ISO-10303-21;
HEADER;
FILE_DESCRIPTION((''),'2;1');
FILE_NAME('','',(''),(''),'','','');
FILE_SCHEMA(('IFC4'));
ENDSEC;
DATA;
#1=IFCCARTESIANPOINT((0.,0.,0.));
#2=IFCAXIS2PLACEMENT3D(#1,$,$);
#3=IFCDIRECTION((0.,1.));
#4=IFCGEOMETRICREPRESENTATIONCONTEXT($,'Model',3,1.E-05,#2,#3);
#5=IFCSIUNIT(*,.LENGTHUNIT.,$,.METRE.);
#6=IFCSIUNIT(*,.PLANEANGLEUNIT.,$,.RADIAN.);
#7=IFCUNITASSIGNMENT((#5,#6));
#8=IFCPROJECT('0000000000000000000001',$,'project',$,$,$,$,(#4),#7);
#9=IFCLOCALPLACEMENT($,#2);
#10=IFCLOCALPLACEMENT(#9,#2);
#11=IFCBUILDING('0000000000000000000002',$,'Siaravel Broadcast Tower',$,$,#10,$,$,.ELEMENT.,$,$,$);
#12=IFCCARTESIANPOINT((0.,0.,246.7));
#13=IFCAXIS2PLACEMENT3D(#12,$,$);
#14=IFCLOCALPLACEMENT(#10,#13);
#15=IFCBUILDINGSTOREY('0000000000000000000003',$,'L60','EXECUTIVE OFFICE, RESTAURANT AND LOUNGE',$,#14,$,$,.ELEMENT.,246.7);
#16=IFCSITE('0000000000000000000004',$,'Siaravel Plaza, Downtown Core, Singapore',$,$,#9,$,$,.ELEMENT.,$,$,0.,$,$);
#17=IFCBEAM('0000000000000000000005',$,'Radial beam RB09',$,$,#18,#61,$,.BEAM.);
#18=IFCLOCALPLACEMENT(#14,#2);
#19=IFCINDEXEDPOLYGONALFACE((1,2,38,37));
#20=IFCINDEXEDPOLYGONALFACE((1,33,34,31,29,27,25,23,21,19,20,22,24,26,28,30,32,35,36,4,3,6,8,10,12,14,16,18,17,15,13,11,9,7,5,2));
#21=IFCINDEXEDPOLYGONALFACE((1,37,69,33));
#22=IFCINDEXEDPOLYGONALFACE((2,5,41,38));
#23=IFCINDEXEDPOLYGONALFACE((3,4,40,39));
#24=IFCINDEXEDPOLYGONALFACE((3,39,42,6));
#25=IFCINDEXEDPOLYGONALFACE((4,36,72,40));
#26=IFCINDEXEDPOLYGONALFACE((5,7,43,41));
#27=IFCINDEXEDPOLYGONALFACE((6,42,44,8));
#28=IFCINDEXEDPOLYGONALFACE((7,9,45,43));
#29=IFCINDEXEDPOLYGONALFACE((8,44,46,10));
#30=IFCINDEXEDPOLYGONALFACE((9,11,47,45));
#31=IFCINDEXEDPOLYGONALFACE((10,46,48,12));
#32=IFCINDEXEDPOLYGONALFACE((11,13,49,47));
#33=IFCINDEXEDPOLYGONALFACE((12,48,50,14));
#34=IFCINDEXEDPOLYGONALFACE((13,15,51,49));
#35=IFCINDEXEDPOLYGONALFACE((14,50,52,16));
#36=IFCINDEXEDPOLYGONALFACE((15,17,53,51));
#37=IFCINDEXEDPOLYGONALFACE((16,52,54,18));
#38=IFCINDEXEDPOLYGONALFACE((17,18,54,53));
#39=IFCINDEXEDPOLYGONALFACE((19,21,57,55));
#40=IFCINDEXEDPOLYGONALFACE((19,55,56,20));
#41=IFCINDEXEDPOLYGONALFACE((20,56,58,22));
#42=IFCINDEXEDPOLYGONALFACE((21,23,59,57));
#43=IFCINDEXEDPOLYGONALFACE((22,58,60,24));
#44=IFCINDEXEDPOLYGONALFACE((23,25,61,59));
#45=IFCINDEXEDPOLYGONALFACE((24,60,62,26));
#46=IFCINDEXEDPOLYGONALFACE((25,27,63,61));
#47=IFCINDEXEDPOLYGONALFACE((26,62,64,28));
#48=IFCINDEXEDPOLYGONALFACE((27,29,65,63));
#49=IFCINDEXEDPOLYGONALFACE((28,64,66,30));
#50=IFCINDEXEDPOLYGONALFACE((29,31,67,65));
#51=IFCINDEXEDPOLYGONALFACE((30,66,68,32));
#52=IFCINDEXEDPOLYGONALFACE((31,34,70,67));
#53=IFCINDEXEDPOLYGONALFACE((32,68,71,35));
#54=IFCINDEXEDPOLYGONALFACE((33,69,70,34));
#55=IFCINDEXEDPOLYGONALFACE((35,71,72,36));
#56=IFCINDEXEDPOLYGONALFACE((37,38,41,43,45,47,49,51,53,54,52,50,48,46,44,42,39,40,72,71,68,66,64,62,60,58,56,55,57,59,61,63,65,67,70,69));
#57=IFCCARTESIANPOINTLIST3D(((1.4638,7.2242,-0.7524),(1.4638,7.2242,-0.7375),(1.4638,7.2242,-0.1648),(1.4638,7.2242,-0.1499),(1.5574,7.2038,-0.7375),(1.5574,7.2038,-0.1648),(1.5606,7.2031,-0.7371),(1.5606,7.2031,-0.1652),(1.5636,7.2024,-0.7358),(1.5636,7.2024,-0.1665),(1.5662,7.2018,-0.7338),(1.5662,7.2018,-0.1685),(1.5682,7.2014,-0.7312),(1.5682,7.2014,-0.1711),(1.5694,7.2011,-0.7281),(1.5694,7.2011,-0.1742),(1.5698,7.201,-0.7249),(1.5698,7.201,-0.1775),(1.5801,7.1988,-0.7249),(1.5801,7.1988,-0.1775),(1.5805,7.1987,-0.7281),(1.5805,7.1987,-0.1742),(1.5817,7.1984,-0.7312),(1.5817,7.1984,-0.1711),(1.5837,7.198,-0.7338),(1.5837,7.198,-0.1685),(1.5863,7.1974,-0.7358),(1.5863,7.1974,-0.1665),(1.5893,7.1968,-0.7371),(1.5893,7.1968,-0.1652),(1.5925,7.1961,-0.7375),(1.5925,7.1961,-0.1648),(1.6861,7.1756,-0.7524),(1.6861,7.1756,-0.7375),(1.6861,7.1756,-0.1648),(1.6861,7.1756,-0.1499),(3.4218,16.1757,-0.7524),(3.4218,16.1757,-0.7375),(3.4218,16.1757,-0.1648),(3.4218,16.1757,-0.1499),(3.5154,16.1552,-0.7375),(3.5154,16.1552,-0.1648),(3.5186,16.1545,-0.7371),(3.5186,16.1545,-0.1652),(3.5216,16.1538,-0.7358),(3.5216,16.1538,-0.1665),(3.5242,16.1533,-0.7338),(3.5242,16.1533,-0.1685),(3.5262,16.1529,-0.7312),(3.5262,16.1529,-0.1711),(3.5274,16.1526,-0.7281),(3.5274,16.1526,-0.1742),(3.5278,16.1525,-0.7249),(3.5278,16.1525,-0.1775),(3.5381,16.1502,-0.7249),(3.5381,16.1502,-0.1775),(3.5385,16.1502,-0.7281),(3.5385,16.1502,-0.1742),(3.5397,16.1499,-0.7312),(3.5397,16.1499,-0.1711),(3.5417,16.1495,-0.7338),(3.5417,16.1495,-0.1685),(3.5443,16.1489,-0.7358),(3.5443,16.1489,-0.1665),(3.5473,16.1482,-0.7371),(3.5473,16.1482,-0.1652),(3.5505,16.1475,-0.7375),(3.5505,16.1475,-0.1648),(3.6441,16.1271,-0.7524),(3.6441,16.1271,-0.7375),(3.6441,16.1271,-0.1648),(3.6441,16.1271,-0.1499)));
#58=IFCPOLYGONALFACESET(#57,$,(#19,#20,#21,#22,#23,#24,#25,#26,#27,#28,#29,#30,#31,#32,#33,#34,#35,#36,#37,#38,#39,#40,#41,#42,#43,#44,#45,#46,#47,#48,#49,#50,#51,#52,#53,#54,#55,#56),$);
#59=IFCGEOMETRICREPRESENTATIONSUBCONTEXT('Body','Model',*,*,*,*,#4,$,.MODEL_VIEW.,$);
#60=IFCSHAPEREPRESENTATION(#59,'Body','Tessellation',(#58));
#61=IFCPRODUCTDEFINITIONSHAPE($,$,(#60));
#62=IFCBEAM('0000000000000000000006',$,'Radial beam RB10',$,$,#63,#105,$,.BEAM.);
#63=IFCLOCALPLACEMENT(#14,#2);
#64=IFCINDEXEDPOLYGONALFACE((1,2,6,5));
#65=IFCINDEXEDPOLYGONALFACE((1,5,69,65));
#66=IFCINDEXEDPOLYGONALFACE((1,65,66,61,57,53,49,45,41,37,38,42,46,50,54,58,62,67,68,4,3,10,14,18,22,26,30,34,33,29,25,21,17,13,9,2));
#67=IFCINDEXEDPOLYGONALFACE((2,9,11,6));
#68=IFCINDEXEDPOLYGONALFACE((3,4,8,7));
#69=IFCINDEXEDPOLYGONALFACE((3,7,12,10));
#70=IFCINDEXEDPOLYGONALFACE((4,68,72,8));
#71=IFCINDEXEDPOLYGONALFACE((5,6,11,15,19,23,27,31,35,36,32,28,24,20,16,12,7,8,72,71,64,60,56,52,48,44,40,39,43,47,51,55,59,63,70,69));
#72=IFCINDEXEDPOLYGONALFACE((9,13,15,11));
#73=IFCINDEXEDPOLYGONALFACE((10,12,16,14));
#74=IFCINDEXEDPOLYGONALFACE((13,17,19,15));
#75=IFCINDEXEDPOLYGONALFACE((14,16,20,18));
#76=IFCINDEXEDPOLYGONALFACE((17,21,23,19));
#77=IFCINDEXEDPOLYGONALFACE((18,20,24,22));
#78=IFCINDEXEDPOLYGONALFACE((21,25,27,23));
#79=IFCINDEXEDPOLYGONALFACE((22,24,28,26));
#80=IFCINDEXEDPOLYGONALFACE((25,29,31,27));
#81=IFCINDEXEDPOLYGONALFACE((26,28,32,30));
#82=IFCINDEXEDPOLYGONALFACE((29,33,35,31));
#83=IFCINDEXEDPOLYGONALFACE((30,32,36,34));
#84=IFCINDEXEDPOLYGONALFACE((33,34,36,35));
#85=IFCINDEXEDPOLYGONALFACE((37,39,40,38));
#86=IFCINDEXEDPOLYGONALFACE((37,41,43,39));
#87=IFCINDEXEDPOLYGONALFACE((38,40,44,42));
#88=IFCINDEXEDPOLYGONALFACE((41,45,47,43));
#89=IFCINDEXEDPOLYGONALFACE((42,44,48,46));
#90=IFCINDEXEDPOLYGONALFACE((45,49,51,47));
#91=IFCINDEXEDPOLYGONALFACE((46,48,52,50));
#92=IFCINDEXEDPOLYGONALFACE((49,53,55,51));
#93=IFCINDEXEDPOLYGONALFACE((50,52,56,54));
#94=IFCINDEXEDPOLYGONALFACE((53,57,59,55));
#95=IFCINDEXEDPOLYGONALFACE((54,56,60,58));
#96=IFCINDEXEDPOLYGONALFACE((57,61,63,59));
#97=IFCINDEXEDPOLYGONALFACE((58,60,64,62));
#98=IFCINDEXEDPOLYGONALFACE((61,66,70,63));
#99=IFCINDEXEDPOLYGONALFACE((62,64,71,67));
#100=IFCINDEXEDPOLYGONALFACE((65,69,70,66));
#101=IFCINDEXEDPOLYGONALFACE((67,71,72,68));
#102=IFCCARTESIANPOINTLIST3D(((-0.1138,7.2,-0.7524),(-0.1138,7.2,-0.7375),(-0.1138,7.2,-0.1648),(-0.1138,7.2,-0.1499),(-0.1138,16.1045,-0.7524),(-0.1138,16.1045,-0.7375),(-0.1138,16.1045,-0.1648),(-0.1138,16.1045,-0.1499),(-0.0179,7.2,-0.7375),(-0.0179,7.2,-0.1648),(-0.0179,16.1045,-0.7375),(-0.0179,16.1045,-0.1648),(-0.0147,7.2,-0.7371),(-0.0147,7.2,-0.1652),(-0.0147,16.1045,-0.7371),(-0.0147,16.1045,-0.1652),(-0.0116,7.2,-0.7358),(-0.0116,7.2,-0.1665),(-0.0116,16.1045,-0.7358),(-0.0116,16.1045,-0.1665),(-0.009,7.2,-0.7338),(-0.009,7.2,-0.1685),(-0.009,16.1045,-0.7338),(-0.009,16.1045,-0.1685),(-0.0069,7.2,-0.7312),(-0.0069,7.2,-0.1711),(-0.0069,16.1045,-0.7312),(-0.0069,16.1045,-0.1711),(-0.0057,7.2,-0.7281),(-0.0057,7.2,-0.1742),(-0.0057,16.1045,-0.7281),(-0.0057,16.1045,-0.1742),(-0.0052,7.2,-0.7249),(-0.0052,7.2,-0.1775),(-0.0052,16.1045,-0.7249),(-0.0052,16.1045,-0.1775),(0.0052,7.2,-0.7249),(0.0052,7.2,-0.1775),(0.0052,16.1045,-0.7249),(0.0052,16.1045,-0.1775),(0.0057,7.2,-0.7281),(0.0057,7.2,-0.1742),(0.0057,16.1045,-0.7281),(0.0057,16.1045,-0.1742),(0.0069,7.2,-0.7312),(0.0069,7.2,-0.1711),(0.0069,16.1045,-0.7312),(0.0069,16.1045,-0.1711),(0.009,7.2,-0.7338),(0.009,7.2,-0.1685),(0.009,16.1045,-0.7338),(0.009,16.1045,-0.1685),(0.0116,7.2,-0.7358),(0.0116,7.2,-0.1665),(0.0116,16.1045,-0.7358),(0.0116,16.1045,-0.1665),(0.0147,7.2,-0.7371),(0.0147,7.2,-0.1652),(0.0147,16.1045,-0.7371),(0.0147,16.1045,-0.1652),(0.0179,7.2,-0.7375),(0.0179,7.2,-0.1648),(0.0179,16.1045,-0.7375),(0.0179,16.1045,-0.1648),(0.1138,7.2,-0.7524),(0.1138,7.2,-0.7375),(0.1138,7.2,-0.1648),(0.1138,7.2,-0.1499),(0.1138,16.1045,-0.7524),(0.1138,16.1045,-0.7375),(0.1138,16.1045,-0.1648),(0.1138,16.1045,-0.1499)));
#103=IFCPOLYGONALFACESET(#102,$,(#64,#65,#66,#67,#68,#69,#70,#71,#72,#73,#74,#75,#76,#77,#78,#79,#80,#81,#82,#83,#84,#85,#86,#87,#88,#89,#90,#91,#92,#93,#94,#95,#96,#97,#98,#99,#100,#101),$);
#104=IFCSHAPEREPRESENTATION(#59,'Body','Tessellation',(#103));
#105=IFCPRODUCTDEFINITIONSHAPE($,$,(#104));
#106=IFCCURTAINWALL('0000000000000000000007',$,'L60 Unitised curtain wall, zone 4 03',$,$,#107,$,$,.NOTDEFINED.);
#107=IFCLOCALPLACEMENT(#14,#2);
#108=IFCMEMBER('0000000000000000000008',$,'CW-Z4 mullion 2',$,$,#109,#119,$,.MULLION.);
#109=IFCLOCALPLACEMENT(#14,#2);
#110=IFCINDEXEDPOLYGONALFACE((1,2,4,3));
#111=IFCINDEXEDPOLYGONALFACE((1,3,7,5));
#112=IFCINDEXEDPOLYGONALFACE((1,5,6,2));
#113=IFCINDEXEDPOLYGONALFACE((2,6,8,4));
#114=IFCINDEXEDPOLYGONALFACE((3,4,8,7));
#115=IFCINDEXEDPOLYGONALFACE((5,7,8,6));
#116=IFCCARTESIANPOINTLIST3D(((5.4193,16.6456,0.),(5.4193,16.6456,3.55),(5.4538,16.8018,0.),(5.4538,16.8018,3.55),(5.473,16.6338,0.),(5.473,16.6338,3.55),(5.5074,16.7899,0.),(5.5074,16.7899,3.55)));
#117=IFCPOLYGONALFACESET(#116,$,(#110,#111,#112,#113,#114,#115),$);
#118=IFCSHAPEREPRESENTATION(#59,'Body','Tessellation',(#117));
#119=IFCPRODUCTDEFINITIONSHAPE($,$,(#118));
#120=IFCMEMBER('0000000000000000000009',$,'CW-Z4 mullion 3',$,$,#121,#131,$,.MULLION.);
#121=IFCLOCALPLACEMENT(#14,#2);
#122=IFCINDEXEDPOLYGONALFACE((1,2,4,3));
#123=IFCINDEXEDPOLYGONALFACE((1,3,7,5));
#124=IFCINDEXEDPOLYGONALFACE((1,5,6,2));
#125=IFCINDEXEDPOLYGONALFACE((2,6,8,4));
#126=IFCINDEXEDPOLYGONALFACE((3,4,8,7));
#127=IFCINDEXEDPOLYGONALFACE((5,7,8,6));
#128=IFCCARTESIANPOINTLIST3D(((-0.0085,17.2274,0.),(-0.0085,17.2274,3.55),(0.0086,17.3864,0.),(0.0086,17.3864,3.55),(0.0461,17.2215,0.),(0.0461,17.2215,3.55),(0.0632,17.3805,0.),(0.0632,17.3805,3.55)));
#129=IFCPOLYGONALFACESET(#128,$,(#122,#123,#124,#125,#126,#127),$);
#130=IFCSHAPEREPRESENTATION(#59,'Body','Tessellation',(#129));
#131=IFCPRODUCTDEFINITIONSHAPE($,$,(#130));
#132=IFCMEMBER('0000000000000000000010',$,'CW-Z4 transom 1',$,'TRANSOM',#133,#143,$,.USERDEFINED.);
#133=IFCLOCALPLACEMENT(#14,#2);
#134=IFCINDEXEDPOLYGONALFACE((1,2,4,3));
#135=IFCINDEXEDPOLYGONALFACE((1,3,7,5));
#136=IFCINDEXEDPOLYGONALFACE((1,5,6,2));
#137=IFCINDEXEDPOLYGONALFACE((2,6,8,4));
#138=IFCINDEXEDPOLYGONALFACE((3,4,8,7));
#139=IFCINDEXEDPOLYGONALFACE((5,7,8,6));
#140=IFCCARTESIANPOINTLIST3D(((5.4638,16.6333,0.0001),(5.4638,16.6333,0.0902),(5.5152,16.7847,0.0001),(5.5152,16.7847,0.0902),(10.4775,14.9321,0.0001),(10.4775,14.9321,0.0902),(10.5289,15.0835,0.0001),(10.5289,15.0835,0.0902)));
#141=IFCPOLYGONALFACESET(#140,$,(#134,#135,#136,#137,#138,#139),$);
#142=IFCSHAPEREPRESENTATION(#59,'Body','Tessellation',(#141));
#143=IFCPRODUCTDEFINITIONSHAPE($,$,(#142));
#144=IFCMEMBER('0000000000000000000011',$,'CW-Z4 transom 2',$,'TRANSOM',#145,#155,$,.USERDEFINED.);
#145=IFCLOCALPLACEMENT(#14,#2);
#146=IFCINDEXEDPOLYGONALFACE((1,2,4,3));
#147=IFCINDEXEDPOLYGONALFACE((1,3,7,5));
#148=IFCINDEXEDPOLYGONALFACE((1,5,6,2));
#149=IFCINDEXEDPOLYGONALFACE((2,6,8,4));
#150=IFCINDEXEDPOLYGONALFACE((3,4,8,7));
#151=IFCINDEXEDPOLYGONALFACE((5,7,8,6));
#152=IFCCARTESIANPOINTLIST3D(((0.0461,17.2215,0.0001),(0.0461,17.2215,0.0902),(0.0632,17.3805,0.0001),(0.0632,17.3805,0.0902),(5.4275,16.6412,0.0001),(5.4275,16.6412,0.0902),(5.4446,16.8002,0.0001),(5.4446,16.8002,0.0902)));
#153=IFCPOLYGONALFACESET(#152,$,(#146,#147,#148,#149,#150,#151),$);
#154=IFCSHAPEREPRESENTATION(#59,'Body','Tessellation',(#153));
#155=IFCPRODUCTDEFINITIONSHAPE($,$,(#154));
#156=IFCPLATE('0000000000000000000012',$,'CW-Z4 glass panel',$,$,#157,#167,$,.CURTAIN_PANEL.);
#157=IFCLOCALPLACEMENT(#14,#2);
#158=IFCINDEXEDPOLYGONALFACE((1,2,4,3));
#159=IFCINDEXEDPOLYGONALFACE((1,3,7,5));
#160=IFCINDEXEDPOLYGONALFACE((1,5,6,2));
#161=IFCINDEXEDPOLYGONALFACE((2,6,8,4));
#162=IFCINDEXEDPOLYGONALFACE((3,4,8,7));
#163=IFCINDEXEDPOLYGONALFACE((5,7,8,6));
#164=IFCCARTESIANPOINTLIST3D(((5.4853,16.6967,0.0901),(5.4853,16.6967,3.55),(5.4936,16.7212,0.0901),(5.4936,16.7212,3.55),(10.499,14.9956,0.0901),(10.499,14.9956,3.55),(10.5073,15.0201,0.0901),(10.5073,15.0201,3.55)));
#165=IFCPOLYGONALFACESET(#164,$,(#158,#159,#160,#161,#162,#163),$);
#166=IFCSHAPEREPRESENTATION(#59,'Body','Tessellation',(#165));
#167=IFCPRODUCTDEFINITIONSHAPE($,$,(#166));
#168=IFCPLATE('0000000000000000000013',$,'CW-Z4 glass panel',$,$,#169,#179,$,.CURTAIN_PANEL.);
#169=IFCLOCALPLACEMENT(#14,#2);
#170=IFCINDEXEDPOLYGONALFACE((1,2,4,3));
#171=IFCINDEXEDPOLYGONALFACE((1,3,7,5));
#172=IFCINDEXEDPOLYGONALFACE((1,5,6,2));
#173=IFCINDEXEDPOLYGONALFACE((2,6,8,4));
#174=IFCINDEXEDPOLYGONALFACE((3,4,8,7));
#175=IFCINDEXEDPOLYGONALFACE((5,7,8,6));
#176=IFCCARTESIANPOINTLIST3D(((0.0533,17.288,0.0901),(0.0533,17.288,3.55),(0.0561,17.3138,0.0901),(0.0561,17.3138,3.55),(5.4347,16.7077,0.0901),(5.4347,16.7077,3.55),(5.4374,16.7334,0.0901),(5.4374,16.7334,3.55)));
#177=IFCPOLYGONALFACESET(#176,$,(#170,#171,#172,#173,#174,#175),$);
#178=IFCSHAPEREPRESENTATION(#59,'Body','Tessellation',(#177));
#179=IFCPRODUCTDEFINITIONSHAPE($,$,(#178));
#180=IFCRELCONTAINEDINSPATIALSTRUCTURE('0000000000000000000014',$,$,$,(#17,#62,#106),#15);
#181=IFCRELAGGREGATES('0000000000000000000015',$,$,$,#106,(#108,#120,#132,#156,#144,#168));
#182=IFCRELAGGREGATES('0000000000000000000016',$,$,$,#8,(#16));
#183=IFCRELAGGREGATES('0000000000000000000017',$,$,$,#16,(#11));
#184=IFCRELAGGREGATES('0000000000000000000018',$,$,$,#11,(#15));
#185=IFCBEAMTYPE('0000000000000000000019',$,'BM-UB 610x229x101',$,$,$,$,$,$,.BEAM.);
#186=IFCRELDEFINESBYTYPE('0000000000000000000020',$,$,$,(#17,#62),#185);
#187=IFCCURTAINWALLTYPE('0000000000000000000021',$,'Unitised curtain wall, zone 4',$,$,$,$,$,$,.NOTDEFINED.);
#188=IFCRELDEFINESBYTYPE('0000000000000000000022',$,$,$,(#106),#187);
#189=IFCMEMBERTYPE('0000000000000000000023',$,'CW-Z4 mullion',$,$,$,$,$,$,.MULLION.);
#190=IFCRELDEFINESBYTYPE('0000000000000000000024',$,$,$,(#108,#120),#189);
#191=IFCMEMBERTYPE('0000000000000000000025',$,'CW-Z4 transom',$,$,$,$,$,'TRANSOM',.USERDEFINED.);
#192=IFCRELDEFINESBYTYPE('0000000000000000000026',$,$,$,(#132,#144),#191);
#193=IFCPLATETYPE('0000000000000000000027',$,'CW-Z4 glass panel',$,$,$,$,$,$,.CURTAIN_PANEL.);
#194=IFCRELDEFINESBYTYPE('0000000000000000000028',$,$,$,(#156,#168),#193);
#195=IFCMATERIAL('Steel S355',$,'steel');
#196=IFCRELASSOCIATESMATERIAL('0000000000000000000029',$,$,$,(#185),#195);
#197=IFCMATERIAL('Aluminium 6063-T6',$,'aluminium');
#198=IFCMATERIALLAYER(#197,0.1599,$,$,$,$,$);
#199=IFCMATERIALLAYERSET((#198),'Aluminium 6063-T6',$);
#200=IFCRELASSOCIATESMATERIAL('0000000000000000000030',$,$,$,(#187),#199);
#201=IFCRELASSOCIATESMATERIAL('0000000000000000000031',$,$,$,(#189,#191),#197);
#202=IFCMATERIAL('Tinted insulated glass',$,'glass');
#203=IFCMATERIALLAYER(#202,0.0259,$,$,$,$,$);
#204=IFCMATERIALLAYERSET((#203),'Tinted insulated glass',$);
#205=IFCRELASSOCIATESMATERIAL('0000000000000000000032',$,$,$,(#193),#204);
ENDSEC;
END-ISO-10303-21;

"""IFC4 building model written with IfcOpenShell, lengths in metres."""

from ifc_helpers import new_model, si_unit, direction, frame, origin, origin_2d, place, context, subcontext, project, spatial, rectangle, i_section, extrude, material, layer, layer_set, material_profile, profile_set, type_object, element, aggregate, save


model = new_model("IFC4")

# Units and contexts
model_context = context("Model", 3, precision=1e-05, world=origin(), true_north=direction((0.0, 1.0)))
body_context = subcontext(model_context, "Body", "Model", "MODEL_VIEW")
ifc_project = project(units=[si_unit("LENGTHUNIT", "METRE"), si_unit("PLANEANGLEUNIT", "RADIAN")], contexts=[model_context])

# Site, building, storey
site_placement = place(None, origin())
site = spatial("IfcSite", under=ifc_project, at=site_placement, Name="Siaravel Plaza, Downtown Core, Singapore", CompositionType="ELEMENT", RefElevation=0.0)
building_placement = place(site_placement, origin())
building = spatial("IfcBuilding", under=site, at=building_placement, Name="Siaravel Broadcast Tower", CompositionType="ELEMENT")
storey_placement = place(building_placement, frame((0.0, 0.0, 246.7)))
storey = spatial("IfcBuildingStorey", under=building, at=storey_placement, Name="L60", Description="EXECUTIVE OFFICE, RESTAURANT AND LOUNGE", CompositionType="ELEMENT", Elevation=246.7)

# Beams
ifc_material_1 = material(Name="Steel S355", Category="steel")
ifc_material_profile_1 = material_profile(ifc_material_1, i_section(OverallWidth=0.2275, OverallDepth=0.6025, WebThickness=0.0105, FlangeThickness=0.0149, FilletRadius=0.0127, at=origin_2d()))
ifc_profile_set_1 = profile_set([ifc_material_profile_1], Name="Steel S355")
beam_type = type_object("IfcBeamType", Name="BM-UB 610x229x101", PredefinedType="BEAM", material=ifc_profile_set_1)
beam_1_placement = place(storey_placement, frame((3.533, 16.1514, -0.4512), z_axis=(-0.213685, -0.976903, 0.0), x_axis=(0.976903, -0.213685, 0.0)))
element("IfcBeam", 1, at=beam_1_placement, inside=storey, type_object=beam_type, Name="Radial beam RB09", PredefinedType="BEAM", context=body_context, shape_type="SweptSolid", body=[
    extrude(i_section(OverallWidth=0.2275, OverallDepth=0.6025, WebThickness=0.0105, FlangeThickness=0.0149, FilletRadius=0.0127, at=origin_2d()), origin(), (0.0, 0.0, 1.0), 9.1631),
])
beam_2_placement = place(storey_placement, frame((0.0, 16.1045, -0.4512), z_axis=(0.0, -1.0, 0.0), x_axis=(1.0, 0.0, 0.0)))
element("IfcBeam", 2, at=beam_2_placement, inside=storey, type_object=beam_type, Name="Radial beam RB10", PredefinedType="BEAM", context=body_context, shape_type="SweptSolid", body=[
    extrude(i_section(OverallWidth=0.2275, OverallDepth=0.6025, WebThickness=0.0105, FlangeThickness=0.0149, FilletRadius=0.0127, at=origin_2d()), origin(), (0.0, 0.0, 1.0), 8.9045),
])

# Curtain wall, members, plates
ifc_material_2 = material(Name="Aluminium 6063-T6", Category="aluminium")
ifc_layer_1 = layer(ifc_material_2, 0.1599)
ifc_layer_set_1 = layer_set([ifc_layer_1], Name="Aluminium 6063-T6")
curtain_wall_type = type_object("IfcCurtainWallType", Name="Unitised curtain wall, zone 4", PredefinedType="NOTDEFINED", material=ifc_layer_set_1)
curtain_wall_placement = place(storey_placement, origin())
curtain_wall = element("IfcCurtainWall", 3, at=curtain_wall_placement, inside=storey, type_object=curtain_wall_type, Name="L60 Unitised curtain wall, zone 4 03", PredefinedType="NOTDEFINED")
ifc_material_profile_2 = material_profile(ifc_material_2, rectangle(XDim=0.1599, YDim=0.0549, at=origin_2d()))
ifc_profile_set_2 = profile_set([ifc_material_profile_2], Name="Aluminium 6063-T6")
member_type_1 = type_object("IfcMemberType", Name="CW-Z4 mullion", PredefinedType="MULLION", material=ifc_profile_set_2)
member_1_placement = place(storey_placement, frame((5.4634, 16.7178, 0.0), z_axis=(0.0, 0.0, 1.0), x_axis=(-0.215559, -0.976491, 0.0)))
member_1 = element("IfcMember", 4, at=member_1_placement, type_object=member_type_1, Name="CW-Z4 mullion 2", PredefinedType="MULLION", context=body_context, shape_type="SweptSolid", body=[
    extrude(rectangle(XDim=0.1599, YDim=0.0549, at=origin_2d()), origin(), (0.0, 0.0, 1.0), 3.55),
])
member_2_placement = place(storey_placement, frame((0.0273, 17.304, 0.0), z_axis=(0.0, 0.0, 1.0), x_axis=(-0.107218, -0.994236, 0.0)))
member_2 = element("IfcMember", 5, at=member_2_placement, type_object=member_type_1, Name="CW-Z4 mullion 3", PredefinedType="MULLION", context=body_context, shape_type="SweptSolid", body=[
    extrude(rectangle(XDim=0.1599, YDim=0.0549, at=origin_2d()), origin(), (0.0, 0.0, 1.0), 3.55),
])
ifc_material_profile_3 = material_profile(ifc_material_2, rectangle(XDim=0.1599, YDim=0.0901, at=origin_2d()))
ifc_profile_set_3 = profile_set([ifc_material_profile_3], Name="Aluminium 6063-T6")
member_type_2 = type_object("IfcMemberType", Name="CW-Z4 transom", ElementType="TRANSOM", PredefinedType="USERDEFINED", material=ifc_profile_set_3)
member_3_placement = place(storey_placement, frame((10.5032, 15.0078, 0.0452), z_axis=(-0.946973, 0.321314, 0.0), x_axis=(-0.321314, -0.946973, 0.0)))
member_3 = element("IfcMember", 6, at=member_3_placement, type_object=member_type_2, Name="CW-Z4 transom 1", ObjectType="TRANSOM", PredefinedType="USERDEFINED", context=body_context, shape_type="SweptSolid", body=[
    extrude(rectangle(XDim=0.1599, YDim=0.0901, at=origin_2d()), origin(), (0.0, 0.0, 1.0), 5.2944),
])
member_4_placement = place(storey_placement, frame((5.436, 16.7207, 0.0452), z_axis=(-0.994236, 0.107218, 0.0), x_axis=(-0.107218, -0.994236, 0.0)))
member_4 = element("IfcMember", 7, at=member_4_placement, type_object=member_type_2, Name="CW-Z4 transom 2", ObjectType="TRANSOM", PredefinedType="USERDEFINED", context=body_context, shape_type="SweptSolid", body=[
    extrude(rectangle(XDim=0.1599, YDim=0.0901, at=origin_2d()), origin(), (0.0, 0.0, 1.0), 5.4126),
])
ifc_material_3 = material(Name="Tinted insulated glass", Category="glass")
ifc_layer_2 = layer(ifc_material_3, 0.0259)
ifc_layer_set_2 = layer_set([ifc_layer_2], Name="Tinted insulated glass")
plate_type = type_object("IfcPlateType", Name="CW-Z4 glass panel", PredefinedType="CURTAIN_PANEL", material=ifc_layer_set_2)
plate_1_placement = place(storey_placement, frame((7.9963, 15.8584, 0.0901), z_axis=(0.0, 0.0, 1.0), x_axis=(-0.946977, 0.321301, 0.0)))
plate_1 = element("IfcPlate", 8, at=plate_1_placement, type_object=plate_type, Name="CW-Z4 glass panel", PredefinedType="CURTAIN_PANEL", context=body_context, shape_type="SweptSolid", body=[
    extrude(rectangle(XDim=5.2944, YDim=0.0259, at=origin_2d()), origin(), (0.0, 0.0, 1.0), 3.46),
])
plate_2_placement = place(storey_placement, frame((2.7454, 17.0107, 0.0901), z_axis=(0.0, 0.0, 1.0), x_axis=(-0.994236, 0.107218, 0.0)))
plate_2 = element("IfcPlate", 9, at=plate_2_placement, type_object=plate_type, Name="CW-Z4 glass panel", PredefinedType="CURTAIN_PANEL", context=body_context, shape_type="SweptSolid", body=[
    extrude(rectangle(XDim=5.4126, YDim=0.0259, at=origin_2d()), origin(), (0.0, 0.0, 1.0), 3.46),
])
aggregate(curtain_wall, [member_1, member_2, member_3, plate_1, member_4, plate_2])

save(model, "model.ifc")
